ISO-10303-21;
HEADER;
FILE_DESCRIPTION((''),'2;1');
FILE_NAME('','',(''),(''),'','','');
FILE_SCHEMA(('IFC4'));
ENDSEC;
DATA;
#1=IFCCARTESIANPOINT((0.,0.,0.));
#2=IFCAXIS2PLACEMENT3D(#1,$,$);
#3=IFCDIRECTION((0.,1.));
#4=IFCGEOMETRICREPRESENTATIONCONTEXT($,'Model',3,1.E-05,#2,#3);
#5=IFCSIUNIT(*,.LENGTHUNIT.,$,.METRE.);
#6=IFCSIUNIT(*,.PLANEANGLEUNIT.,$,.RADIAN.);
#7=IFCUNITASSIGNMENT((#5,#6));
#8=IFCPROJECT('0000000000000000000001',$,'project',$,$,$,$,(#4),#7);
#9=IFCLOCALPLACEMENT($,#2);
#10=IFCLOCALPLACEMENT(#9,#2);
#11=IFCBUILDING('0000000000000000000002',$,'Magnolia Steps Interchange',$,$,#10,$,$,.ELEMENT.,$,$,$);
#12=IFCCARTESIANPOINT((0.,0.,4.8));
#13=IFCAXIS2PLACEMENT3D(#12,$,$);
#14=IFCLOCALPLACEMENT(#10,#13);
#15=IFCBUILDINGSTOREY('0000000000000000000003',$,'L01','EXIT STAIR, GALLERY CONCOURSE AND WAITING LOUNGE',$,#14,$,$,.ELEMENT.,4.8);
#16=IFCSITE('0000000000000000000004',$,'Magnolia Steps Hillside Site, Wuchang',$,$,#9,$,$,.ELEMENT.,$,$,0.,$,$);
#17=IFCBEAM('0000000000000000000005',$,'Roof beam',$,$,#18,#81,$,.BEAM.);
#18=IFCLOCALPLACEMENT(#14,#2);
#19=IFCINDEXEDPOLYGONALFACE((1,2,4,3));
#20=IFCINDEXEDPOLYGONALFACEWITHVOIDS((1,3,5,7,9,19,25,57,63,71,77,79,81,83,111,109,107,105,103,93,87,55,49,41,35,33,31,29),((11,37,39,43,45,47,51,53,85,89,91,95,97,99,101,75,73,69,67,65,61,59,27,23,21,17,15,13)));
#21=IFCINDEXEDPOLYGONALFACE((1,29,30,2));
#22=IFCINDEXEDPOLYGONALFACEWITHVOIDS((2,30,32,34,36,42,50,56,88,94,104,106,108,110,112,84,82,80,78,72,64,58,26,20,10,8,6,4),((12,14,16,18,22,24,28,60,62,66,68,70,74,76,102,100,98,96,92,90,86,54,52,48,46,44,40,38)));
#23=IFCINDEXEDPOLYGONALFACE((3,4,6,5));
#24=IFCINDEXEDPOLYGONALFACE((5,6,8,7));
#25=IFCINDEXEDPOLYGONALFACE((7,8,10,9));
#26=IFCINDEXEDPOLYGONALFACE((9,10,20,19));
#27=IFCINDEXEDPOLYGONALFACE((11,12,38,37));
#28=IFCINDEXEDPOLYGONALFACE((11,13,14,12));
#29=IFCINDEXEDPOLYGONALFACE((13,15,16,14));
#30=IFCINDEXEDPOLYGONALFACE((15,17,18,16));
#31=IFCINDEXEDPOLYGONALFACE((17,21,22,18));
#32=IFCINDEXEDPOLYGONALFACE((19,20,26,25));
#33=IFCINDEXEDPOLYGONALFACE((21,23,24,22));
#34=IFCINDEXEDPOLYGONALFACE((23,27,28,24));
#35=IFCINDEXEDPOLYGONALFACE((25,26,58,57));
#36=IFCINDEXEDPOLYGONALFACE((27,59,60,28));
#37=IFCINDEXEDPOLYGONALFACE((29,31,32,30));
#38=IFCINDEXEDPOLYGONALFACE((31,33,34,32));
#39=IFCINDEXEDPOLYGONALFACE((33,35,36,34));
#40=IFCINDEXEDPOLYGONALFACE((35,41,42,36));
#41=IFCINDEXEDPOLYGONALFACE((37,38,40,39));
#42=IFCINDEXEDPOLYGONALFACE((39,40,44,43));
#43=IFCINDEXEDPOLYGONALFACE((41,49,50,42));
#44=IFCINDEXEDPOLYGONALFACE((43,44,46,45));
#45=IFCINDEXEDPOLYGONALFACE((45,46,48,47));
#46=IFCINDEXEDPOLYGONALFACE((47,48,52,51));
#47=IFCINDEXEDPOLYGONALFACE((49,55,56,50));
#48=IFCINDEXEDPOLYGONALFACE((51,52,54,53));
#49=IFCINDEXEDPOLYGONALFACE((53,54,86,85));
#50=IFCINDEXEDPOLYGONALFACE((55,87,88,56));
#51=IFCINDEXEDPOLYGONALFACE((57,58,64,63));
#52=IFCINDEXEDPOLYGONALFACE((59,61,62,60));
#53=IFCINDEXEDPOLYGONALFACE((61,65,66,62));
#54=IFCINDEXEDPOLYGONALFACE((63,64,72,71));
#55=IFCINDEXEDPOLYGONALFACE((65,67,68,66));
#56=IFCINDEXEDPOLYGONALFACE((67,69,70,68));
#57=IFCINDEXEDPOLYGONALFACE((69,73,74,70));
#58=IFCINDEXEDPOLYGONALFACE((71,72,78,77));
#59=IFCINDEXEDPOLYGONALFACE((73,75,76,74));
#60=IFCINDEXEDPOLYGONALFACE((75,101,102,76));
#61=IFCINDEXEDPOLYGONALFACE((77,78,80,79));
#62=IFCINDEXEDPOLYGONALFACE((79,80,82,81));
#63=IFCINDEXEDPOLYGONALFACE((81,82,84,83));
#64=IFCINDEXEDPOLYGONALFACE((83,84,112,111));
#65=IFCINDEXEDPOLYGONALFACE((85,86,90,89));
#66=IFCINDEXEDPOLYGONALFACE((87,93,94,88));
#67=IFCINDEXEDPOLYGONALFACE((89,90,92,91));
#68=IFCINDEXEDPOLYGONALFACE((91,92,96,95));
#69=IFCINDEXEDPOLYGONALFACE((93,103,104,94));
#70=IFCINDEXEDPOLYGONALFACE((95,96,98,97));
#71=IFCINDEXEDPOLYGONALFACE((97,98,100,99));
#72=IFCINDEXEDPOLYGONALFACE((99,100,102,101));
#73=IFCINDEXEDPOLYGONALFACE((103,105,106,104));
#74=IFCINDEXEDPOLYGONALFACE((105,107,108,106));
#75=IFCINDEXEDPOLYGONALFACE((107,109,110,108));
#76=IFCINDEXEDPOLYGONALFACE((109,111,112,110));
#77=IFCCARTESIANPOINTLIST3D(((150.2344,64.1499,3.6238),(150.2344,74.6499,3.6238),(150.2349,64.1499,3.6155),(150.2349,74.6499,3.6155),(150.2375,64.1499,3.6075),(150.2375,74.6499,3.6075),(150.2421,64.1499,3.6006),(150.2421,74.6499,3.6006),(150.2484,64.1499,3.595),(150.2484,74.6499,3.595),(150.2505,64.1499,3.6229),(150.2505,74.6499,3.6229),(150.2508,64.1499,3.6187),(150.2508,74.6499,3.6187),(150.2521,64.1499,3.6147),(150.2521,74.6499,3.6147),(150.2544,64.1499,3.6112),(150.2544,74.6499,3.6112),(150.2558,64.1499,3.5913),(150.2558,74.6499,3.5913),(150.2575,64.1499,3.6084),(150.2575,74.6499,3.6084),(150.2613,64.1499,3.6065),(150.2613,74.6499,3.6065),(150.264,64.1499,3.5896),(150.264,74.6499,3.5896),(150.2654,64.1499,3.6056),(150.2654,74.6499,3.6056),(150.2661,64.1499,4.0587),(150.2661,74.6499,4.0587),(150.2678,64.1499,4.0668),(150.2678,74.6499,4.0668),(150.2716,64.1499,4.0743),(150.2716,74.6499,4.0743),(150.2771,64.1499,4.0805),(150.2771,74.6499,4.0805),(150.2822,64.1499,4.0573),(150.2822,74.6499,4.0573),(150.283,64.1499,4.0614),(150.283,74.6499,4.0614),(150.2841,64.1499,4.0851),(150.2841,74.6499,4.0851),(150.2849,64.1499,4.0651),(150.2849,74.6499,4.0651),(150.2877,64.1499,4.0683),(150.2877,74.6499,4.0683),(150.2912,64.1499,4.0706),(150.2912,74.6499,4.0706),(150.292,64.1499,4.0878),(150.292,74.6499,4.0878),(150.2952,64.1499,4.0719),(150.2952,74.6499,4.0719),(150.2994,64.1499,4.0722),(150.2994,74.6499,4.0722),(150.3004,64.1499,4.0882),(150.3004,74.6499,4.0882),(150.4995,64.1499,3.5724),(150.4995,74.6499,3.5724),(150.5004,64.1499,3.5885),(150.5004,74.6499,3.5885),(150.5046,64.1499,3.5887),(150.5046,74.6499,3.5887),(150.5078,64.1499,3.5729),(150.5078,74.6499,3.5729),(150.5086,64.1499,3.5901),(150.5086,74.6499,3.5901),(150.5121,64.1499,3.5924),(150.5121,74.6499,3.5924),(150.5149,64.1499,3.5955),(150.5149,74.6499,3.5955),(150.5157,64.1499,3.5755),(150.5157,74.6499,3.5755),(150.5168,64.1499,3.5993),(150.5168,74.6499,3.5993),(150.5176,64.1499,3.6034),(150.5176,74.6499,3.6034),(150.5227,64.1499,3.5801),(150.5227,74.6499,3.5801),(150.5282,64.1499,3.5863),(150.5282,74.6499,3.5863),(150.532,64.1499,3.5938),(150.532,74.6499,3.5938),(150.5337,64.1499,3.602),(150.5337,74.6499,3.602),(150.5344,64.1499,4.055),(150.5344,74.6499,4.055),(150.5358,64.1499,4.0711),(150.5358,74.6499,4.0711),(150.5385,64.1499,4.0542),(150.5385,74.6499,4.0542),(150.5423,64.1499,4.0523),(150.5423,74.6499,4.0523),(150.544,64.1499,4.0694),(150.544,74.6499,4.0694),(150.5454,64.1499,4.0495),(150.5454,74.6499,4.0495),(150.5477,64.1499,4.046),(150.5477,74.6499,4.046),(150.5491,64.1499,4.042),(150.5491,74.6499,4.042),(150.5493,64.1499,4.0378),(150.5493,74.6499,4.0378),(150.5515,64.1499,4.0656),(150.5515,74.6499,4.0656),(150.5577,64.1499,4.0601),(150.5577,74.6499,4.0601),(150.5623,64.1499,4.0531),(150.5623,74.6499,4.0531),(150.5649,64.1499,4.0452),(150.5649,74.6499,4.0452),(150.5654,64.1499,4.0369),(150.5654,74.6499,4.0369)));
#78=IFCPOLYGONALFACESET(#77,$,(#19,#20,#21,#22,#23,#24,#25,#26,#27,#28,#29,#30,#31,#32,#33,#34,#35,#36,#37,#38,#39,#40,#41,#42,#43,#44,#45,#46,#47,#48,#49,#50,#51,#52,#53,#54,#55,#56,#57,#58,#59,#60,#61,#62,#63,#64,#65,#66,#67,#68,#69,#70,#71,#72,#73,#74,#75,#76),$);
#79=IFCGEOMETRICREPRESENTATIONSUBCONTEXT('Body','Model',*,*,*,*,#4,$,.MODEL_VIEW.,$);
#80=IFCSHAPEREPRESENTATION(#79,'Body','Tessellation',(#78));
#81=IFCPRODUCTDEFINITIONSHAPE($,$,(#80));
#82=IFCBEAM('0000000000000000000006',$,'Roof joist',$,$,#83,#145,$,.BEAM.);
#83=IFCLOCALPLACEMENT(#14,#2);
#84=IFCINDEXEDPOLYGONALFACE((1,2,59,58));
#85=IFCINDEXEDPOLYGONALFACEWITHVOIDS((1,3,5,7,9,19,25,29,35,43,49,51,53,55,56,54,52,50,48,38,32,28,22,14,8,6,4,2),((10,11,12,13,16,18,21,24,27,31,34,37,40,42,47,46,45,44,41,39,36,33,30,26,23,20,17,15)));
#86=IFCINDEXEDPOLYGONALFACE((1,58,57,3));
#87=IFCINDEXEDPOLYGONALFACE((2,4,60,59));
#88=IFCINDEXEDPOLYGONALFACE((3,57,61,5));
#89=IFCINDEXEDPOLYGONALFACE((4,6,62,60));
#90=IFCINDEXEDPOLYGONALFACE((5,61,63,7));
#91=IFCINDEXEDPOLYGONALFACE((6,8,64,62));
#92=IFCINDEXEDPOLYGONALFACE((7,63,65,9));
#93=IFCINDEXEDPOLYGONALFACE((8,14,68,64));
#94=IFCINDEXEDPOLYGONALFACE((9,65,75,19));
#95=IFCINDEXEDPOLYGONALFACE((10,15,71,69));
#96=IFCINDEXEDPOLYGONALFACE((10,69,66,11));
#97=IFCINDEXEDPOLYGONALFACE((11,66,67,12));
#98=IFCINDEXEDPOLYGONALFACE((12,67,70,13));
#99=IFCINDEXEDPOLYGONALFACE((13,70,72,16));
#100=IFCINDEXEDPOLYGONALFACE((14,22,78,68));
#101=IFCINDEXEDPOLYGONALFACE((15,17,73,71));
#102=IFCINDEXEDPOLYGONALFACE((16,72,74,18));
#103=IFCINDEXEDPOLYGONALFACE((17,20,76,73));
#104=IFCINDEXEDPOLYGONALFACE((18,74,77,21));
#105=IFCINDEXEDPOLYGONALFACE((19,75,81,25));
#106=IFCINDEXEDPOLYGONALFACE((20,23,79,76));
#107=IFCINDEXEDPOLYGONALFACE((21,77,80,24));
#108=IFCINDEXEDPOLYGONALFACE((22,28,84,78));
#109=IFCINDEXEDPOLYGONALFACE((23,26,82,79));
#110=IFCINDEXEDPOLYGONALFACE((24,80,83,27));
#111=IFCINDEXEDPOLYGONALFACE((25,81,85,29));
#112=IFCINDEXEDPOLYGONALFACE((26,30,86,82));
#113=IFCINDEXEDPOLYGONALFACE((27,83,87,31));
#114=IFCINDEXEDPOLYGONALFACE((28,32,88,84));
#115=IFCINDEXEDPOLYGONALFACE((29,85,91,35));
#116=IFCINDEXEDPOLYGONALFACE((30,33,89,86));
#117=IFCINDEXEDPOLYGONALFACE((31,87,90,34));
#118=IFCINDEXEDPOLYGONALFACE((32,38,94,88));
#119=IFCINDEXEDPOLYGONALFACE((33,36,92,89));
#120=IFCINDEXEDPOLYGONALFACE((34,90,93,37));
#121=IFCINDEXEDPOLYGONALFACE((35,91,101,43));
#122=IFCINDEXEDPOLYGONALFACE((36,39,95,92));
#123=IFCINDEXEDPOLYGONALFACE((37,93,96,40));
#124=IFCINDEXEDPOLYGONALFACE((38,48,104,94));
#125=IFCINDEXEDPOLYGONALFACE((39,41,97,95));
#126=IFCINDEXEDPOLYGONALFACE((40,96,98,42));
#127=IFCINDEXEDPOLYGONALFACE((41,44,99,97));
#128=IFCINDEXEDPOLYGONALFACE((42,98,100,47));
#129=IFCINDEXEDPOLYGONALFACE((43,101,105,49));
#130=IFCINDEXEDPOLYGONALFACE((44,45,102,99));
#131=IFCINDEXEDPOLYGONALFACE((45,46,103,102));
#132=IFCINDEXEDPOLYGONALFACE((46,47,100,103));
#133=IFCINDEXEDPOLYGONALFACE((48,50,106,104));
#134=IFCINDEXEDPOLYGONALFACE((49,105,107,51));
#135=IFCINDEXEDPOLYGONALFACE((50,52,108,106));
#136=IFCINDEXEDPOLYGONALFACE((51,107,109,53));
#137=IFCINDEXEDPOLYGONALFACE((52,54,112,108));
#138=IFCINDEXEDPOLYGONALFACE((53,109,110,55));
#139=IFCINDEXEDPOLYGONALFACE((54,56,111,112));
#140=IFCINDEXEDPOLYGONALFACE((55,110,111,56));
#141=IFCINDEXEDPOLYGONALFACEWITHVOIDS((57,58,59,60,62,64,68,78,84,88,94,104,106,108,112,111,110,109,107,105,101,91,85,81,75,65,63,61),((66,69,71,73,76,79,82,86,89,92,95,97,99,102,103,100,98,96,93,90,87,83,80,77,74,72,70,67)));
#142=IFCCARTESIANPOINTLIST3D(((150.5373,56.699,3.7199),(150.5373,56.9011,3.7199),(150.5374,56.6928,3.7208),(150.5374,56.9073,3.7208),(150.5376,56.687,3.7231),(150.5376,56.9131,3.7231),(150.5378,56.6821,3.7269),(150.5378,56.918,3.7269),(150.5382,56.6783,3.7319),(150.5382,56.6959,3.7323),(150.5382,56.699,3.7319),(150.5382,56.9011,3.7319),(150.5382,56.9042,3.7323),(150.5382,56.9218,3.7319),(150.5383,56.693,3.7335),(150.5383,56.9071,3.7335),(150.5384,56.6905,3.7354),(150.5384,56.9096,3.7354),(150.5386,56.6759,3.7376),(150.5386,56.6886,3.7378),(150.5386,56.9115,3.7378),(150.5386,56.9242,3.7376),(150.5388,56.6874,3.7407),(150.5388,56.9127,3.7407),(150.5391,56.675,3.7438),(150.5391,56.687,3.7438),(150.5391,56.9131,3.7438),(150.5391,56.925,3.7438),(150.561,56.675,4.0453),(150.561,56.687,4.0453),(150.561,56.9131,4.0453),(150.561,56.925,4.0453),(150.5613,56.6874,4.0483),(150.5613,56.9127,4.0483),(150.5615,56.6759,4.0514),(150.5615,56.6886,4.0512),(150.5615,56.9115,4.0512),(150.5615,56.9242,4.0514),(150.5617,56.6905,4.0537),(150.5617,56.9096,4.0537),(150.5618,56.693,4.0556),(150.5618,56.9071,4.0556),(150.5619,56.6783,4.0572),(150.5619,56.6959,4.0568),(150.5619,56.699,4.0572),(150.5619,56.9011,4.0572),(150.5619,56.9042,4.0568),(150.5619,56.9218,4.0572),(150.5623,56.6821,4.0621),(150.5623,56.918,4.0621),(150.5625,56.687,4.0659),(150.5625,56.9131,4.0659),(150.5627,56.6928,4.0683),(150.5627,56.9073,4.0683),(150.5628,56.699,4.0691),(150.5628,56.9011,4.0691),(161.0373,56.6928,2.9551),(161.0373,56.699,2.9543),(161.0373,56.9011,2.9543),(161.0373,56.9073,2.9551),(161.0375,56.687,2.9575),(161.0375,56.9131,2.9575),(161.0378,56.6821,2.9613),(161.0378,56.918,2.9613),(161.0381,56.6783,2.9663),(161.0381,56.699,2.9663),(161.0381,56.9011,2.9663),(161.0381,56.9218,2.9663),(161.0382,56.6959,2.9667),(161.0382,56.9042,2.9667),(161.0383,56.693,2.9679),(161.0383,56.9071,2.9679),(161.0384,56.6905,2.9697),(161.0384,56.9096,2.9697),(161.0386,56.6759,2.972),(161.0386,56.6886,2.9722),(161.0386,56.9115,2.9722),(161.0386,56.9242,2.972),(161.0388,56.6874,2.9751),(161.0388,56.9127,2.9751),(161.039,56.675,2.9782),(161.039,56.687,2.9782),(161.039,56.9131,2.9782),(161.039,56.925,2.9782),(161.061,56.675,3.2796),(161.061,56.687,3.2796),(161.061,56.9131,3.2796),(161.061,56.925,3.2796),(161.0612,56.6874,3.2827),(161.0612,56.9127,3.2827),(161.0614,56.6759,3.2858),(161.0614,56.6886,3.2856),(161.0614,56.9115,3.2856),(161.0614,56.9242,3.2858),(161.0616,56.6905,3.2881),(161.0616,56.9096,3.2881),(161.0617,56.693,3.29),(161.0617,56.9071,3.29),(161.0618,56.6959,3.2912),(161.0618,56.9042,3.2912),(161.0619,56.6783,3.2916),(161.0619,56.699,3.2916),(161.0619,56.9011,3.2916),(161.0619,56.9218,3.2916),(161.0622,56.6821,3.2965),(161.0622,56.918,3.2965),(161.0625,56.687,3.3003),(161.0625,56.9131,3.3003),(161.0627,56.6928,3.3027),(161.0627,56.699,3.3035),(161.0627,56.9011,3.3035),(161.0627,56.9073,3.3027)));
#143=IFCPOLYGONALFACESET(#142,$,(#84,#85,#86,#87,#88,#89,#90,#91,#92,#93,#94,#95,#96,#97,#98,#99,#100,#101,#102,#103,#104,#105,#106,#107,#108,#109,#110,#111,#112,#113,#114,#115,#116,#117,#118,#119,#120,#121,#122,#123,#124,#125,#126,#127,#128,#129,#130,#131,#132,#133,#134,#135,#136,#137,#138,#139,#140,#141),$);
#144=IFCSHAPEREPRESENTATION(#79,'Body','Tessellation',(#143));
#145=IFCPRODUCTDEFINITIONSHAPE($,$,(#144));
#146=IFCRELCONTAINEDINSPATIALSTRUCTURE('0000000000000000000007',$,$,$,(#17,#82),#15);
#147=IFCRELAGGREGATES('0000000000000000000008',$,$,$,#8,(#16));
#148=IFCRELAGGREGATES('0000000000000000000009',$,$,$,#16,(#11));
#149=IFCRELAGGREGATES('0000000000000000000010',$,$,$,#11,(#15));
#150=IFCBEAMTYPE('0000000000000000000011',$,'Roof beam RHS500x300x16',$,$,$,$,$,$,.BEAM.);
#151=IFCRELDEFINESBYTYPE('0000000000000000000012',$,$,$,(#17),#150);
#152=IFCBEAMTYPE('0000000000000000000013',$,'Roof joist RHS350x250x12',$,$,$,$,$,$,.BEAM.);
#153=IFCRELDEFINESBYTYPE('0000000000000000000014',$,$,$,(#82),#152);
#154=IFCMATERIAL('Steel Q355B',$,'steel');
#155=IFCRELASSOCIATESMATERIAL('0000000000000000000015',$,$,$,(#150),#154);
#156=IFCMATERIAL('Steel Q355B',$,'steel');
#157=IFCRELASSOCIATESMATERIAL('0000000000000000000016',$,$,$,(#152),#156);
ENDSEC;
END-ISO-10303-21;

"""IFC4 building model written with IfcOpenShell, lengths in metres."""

from ifc_helpers import new_model, si_unit, direction, frame, origin, origin_2d, place, context, subcontext, project, spatial, hollow_rectangle, extrude, material, material_profile, profile_set, type_object, element, save


model = new_model("IFC4")

# Units and contexts
model_context = context("Model", 3, precision=1e-05, world=origin(), true_north=direction((0.0, 1.0)))
body_context = subcontext(model_context, "Body", "Model", "MODEL_VIEW")
ifc_project = project(units=[si_unit("LENGTHUNIT", "METRE"), si_unit("PLANEANGLEUNIT", "RADIAN")], contexts=[model_context])

# Site, building, storey
site_placement = place(None, origin())
site = spatial("IfcSite", under=ifc_project, at=site_placement, Name="Magnolia Steps Hillside Site, Wuchang", CompositionType="ELEMENT", RefElevation=0.0)
building_placement = place(site_placement, origin())
building = spatial("IfcBuilding", under=site, at=building_placement, Name="Magnolia Steps Interchange", CompositionType="ELEMENT")
storey_placement = place(building_placement, frame((0.0, 0.0, 4.8)))
storey = spatial("IfcBuildingStorey", under=building, at=storey_placement, Name="L01", Description="EXIT STAIR, GALLERY CONCOURSE AND WAITING LOUNGE", CompositionType="ELEMENT", Elevation=4.8)

# Beams
ifc_material_1 = material(Name="Steel Q355B", Category="steel")
ifc_material_profile_1 = material_profile(ifc_material_1, hollow_rectangle(XDim=0.3, YDim=0.5, WallThickness=0.0161, InnerFilletRadius=0.0161, OuterFilletRadius=0.032, at=origin_2d()), Name="RHS500x300x16")
ifc_profile_set_1 = profile_set([ifc_material_profile_1], Name="Steel Q355B")
beam_type_1 = type_object("IfcBeamType", Name="Roof beam RHS500x300x16", PredefinedType="BEAM", material=ifc_profile_set_1)
beam_1_placement = place(storey_placement, frame((150.3999, 64.1499, 3.8303), z_axis=(0.0, 1.0, 0.0), x_axis=(-0.997352, 0.0, 0.072724)))
element("IfcBeam", 1, at=beam_1_placement, inside=storey, type_object=beam_type_1, Name="Roof beam", PredefinedType="BEAM", context=body_context, shape_type="SweptSolid", body=[
    extrude(hollow_rectangle(XDim=0.3, YDim=0.5, WallThickness=0.0161, InnerFilletRadius=0.0161, OuterFilletRadius=0.032, at=origin_2d()), origin(), (0.0, 0.0, 1.0), 10.5),
])
ifc_material_2 = material(Name="Steel Q355B", Category="steel")
ifc_material_profile_2 = material_profile(ifc_material_2, hollow_rectangle(XDim=0.25, YDim=0.3501, WallThickness=0.012, InnerFilletRadius=0.012, OuterFilletRadius=0.0239, at=origin_2d()), Name="RHS350x250x12")
ifc_profile_set_2 = profile_set([ifc_material_profile_2], Name="Steel Q355B")
beam_type_2 = type_object("IfcBeamType", Name="Roof joist RHS350x250x12", PredefinedType="BEAM", material=ifc_profile_set_2)
for number, where, z_axis, x_axis, name in (
    (2, (150.55, 56.8, 3.8945), (0.997352, 0.0, -0.072724), (0.0, 1.0, 0.0), "Roof joist"),
):
    element("IfcBeam", number, at=place(storey_placement, frame(where, z_axis=z_axis, x_axis=x_axis)), inside=storey, type_object=beam_type_2, Name=name, PredefinedType="BEAM", context=body_context, shape_type="SweptSolid", body=[
        extrude(hollow_rectangle(XDim=0.25, YDim=0.3501, WallThickness=0.012, InnerFilletRadius=0.012, OuterFilletRadius=0.0239, at=origin_2d()), origin(), (0.0, 0.0, 1.0), 10.5278),
    ])

save(model, "model.ifc")
